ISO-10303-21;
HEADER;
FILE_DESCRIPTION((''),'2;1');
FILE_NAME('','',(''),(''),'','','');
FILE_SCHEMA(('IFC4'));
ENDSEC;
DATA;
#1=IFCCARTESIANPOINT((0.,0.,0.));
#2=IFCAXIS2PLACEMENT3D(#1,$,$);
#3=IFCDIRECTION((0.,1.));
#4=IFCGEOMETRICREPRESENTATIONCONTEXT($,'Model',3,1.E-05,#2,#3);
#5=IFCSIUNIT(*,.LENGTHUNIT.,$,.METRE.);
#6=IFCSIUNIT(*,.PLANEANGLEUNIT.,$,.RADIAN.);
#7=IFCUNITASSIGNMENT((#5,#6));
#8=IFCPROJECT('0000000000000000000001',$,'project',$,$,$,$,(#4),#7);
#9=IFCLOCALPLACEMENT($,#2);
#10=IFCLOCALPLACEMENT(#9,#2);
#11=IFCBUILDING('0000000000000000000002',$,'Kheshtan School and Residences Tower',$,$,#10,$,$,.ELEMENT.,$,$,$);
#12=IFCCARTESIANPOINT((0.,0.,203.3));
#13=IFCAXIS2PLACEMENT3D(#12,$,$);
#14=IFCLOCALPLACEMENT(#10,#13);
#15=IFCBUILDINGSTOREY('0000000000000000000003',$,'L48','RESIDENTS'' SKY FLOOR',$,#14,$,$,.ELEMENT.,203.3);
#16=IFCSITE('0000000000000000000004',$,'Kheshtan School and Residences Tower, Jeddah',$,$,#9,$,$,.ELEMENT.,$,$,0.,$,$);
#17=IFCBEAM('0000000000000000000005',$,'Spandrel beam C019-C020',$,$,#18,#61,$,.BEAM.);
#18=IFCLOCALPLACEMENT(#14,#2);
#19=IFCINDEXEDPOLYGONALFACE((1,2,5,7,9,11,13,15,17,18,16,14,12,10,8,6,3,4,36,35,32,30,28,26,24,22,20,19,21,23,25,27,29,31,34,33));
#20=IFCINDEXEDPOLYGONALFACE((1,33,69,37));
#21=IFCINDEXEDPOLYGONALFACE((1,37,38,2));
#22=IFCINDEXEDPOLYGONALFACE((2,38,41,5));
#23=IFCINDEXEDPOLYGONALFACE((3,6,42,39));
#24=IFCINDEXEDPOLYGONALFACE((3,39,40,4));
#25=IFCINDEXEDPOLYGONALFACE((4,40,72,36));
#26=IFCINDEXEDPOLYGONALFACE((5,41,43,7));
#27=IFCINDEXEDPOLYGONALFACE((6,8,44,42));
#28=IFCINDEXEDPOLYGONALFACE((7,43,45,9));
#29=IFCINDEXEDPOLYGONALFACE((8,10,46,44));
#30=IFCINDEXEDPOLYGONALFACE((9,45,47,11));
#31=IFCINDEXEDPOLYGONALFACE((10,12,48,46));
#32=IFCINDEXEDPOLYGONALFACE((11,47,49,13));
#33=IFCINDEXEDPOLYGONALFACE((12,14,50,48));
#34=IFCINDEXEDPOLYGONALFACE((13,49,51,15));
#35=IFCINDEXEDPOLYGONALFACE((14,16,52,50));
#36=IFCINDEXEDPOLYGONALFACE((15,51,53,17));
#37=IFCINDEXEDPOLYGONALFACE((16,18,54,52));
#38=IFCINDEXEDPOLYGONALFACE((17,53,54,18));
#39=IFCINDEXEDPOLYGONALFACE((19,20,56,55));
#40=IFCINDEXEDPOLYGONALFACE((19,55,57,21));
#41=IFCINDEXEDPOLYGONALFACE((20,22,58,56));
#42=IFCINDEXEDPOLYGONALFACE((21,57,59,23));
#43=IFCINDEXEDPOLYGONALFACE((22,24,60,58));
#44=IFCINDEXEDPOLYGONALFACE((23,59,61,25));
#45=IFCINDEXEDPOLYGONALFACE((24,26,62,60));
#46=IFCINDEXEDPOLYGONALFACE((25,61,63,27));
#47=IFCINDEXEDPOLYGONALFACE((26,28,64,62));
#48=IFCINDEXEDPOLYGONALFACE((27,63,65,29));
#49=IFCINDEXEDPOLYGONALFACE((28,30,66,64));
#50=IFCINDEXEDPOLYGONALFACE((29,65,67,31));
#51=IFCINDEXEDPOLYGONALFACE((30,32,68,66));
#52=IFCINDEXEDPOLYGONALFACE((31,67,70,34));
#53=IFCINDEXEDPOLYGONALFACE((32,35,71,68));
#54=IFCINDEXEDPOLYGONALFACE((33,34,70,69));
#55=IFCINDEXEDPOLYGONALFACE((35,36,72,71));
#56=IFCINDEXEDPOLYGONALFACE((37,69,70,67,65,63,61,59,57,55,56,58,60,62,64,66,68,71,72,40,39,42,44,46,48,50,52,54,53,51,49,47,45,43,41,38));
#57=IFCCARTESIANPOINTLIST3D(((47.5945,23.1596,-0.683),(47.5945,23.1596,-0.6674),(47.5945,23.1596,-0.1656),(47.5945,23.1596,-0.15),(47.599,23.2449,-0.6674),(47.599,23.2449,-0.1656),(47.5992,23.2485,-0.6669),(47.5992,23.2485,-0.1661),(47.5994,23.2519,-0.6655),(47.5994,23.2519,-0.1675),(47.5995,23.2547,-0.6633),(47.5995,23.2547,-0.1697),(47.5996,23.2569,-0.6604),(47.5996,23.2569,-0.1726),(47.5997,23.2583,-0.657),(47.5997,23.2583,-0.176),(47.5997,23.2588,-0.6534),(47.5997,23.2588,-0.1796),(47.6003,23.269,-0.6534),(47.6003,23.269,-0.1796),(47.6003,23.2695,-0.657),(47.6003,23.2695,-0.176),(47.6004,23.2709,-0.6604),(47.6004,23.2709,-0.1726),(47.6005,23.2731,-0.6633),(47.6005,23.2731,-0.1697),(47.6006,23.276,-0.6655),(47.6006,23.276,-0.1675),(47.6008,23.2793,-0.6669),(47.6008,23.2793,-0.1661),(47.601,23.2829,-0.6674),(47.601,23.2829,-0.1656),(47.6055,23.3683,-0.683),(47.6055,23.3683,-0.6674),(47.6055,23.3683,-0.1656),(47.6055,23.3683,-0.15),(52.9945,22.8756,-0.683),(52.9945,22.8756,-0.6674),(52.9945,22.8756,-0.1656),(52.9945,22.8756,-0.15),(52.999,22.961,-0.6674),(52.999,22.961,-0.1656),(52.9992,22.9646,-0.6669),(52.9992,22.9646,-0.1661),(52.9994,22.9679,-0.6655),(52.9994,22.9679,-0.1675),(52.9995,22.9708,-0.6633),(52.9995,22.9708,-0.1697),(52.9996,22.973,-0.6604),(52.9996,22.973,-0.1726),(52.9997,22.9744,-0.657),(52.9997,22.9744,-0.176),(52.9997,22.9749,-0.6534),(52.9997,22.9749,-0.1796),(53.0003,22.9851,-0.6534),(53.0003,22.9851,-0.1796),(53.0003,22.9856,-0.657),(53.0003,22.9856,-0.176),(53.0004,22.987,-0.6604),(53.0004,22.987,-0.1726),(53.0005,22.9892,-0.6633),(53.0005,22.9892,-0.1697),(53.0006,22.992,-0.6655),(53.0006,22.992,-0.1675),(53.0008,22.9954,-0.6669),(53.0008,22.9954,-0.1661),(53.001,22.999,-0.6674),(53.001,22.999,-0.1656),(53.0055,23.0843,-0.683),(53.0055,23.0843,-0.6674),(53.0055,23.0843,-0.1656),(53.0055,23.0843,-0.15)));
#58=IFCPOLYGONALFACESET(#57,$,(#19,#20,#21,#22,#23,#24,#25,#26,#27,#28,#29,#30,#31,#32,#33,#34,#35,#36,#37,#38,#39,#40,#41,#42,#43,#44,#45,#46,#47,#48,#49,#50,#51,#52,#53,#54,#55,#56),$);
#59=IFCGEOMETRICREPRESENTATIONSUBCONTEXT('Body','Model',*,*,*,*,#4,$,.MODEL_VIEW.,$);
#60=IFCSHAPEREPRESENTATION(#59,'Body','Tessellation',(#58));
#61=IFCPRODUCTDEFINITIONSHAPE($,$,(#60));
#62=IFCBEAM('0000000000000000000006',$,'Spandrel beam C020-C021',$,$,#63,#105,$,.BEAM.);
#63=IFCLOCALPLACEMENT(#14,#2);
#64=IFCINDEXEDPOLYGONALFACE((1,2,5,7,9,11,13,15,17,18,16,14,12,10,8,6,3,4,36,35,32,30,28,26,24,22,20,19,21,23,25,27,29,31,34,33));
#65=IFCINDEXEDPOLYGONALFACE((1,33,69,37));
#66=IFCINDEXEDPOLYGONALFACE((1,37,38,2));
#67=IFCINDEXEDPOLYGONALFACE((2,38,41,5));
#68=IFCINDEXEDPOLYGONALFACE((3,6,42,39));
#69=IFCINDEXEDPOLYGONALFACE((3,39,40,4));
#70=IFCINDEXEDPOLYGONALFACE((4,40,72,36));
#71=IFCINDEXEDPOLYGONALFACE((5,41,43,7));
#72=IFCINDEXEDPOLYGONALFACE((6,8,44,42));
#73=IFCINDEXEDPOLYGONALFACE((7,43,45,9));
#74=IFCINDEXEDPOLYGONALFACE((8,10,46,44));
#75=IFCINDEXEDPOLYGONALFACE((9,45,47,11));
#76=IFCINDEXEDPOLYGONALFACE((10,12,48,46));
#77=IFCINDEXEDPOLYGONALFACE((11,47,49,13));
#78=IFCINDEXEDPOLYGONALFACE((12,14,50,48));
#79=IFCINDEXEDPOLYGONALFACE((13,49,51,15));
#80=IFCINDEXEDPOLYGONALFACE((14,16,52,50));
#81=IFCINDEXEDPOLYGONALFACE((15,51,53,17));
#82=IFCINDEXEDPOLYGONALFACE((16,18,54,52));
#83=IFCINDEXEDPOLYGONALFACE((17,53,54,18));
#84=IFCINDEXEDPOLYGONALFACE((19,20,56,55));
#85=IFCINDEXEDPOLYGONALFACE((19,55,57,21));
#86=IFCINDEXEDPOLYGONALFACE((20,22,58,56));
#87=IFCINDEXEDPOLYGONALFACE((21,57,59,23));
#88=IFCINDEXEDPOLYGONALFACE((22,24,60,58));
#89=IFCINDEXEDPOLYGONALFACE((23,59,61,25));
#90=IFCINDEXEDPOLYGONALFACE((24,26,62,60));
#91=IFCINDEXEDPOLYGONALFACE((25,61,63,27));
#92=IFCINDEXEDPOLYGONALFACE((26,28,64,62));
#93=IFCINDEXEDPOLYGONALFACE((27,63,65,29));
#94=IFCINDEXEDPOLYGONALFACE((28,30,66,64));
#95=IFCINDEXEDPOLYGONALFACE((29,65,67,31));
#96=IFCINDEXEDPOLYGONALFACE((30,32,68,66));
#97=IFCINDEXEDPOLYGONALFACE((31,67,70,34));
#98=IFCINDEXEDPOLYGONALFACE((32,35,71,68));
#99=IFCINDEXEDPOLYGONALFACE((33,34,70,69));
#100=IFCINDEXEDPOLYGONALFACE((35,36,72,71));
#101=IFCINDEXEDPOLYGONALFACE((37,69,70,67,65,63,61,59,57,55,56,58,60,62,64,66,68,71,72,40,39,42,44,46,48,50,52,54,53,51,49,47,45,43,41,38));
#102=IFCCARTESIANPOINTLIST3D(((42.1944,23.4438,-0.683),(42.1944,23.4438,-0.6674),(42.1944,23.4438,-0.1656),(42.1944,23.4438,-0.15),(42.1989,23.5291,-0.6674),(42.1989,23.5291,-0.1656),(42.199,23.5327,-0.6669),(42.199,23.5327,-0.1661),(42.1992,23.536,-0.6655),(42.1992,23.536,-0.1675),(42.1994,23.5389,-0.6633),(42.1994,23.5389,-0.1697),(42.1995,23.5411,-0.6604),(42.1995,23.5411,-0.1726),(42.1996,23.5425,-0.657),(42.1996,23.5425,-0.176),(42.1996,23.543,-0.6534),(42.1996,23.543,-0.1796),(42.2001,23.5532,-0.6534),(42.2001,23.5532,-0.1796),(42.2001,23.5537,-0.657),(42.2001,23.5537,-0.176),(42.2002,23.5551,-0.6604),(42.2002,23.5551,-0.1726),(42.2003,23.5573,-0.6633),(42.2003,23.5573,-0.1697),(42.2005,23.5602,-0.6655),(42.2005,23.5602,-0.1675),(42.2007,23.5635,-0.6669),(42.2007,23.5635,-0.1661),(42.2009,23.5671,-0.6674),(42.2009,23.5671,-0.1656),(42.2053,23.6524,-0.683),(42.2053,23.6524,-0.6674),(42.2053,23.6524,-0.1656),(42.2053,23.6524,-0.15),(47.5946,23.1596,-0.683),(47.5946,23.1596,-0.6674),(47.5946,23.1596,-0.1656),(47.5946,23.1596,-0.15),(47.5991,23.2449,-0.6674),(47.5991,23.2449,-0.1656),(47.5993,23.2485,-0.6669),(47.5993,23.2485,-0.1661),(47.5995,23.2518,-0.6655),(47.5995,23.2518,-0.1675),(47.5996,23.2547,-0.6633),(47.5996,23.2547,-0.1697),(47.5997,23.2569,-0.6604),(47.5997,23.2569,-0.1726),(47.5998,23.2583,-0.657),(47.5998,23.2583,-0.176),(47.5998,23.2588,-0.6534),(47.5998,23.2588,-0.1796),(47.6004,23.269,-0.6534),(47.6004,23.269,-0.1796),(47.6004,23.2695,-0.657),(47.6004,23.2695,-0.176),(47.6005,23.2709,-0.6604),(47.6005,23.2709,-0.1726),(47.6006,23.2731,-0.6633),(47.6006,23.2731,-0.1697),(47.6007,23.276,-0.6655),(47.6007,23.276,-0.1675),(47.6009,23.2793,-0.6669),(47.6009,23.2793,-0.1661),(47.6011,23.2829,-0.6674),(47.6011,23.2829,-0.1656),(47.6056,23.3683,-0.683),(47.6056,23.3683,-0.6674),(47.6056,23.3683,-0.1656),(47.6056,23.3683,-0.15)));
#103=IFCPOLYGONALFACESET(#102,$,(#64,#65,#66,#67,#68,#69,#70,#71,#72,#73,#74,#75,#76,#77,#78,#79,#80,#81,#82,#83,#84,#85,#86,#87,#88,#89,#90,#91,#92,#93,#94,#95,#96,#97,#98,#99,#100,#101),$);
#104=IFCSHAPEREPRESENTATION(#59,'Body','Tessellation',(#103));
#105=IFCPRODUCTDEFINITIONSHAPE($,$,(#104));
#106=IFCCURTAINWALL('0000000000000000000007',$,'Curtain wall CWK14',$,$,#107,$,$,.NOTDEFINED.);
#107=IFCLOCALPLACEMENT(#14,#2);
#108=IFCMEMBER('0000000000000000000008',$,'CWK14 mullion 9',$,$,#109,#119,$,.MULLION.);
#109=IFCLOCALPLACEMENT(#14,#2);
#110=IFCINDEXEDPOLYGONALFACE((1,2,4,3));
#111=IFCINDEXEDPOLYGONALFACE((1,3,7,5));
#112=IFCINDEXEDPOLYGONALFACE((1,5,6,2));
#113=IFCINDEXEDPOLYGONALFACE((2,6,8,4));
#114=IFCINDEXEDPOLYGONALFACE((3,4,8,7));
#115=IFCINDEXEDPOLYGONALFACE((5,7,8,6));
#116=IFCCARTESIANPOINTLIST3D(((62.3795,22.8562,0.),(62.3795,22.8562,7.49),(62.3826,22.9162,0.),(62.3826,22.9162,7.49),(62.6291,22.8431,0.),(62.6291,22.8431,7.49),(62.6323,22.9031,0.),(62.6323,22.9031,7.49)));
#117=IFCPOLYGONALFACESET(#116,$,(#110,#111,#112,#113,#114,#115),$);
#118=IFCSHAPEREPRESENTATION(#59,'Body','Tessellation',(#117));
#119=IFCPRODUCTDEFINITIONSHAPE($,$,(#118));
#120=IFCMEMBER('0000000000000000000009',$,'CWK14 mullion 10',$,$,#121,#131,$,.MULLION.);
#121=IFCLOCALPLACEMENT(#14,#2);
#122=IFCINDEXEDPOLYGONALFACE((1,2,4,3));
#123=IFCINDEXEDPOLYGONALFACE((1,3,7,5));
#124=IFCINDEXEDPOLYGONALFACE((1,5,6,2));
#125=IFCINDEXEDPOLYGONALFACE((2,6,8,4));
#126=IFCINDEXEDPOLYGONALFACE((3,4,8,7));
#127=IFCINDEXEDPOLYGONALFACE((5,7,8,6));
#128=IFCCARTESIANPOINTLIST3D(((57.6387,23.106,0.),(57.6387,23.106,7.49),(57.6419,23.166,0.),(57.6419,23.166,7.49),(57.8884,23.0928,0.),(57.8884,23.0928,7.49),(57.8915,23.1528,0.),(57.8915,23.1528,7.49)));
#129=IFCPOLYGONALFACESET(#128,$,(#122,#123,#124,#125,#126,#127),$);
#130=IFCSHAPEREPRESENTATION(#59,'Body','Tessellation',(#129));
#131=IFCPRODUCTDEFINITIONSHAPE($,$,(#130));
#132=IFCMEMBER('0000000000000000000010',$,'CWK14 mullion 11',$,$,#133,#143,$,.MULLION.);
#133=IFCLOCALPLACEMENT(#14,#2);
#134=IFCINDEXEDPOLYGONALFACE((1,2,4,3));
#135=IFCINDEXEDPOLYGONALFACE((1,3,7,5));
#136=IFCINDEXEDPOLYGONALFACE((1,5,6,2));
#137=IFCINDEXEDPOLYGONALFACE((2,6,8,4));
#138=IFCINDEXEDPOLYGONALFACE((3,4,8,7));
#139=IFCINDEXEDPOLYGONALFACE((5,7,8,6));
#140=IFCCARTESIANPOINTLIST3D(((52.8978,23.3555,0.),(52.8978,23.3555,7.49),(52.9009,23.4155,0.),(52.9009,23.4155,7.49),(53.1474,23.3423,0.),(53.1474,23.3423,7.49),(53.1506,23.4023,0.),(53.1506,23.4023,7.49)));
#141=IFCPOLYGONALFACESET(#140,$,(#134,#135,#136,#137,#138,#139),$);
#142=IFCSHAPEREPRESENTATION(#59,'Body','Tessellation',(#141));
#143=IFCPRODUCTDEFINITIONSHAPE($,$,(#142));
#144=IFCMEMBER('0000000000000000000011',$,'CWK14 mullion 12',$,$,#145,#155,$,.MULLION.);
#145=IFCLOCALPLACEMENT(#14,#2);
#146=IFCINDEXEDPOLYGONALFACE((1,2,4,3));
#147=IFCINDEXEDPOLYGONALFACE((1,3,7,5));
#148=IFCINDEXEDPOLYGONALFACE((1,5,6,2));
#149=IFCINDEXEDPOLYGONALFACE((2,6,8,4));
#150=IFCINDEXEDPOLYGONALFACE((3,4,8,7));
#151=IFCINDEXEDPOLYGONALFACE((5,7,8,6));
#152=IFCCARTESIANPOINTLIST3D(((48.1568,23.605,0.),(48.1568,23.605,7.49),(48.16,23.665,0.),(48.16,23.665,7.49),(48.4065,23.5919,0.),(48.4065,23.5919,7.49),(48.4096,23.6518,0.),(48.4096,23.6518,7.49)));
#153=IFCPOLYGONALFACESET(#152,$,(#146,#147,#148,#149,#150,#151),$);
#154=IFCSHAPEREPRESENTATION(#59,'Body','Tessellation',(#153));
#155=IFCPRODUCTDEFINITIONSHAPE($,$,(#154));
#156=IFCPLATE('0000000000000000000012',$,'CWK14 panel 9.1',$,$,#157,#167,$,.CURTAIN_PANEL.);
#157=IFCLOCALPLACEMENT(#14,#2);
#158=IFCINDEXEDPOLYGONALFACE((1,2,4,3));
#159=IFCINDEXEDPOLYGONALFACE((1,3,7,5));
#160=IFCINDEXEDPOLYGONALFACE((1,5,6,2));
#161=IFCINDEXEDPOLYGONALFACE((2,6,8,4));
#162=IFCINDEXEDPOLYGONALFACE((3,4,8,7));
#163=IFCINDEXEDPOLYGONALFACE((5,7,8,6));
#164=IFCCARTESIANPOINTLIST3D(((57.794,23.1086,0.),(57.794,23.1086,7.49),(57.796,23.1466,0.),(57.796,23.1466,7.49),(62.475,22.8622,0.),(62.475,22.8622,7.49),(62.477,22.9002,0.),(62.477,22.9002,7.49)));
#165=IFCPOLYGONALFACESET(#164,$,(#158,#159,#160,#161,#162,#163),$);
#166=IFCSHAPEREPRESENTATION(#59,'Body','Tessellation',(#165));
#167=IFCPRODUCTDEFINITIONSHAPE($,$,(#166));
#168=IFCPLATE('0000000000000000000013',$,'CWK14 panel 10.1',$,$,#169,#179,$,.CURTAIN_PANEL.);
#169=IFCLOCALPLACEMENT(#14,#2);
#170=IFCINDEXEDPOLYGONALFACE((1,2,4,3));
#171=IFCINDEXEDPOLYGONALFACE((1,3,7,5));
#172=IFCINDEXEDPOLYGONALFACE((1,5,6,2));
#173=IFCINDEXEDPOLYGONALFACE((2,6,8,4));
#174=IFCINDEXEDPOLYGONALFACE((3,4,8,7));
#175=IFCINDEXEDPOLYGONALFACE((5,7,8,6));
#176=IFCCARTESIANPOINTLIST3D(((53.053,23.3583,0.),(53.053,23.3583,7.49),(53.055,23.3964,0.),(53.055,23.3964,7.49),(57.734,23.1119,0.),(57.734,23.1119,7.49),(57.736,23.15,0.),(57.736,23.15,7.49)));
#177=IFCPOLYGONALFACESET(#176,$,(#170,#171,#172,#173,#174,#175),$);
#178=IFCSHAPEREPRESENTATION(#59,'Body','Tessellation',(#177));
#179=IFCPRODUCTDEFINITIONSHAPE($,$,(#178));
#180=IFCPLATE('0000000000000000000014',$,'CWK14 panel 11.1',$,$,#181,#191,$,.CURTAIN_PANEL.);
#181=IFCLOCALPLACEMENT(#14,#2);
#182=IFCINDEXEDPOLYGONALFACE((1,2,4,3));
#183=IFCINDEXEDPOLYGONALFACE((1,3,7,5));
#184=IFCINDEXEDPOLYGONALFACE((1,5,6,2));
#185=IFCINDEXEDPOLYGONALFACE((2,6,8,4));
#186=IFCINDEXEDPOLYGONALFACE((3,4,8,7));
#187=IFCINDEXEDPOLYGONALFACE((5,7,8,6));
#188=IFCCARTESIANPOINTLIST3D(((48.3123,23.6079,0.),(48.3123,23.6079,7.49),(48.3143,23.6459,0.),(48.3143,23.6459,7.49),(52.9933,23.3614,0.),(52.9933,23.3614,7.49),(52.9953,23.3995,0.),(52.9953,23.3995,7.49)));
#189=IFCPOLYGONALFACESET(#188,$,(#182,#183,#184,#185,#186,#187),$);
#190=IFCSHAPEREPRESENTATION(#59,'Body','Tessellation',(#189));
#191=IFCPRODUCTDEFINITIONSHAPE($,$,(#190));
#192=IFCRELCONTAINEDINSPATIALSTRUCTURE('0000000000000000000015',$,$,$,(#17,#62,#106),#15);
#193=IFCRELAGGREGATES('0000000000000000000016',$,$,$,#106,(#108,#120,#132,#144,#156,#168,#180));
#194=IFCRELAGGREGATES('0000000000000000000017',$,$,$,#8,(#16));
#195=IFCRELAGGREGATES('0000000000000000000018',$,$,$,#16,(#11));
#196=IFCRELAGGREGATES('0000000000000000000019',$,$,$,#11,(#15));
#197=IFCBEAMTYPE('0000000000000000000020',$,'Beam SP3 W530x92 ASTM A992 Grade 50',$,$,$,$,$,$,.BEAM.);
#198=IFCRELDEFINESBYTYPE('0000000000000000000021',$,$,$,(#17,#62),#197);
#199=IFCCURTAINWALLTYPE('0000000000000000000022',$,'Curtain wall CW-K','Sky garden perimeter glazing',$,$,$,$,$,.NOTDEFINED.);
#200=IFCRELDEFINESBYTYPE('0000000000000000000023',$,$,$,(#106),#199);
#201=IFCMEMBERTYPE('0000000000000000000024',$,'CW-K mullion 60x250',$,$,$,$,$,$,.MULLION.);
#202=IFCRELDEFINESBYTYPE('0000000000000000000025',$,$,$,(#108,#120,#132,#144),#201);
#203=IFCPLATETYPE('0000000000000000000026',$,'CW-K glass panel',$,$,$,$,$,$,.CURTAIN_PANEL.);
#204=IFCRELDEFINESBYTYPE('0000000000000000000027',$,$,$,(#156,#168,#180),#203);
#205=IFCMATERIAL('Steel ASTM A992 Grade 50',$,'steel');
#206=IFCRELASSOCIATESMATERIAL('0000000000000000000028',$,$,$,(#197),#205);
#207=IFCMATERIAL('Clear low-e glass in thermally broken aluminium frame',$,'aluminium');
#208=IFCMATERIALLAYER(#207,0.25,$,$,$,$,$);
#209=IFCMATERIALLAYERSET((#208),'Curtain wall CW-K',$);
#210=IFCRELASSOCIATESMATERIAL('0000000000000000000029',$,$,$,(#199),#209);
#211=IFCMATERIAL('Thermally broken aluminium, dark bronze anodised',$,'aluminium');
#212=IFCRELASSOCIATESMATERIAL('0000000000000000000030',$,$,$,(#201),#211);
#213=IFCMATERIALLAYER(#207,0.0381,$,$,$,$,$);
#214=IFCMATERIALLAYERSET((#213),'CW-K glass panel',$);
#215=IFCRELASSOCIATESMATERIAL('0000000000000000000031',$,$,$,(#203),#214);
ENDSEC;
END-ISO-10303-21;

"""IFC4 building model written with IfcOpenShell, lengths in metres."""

from ifc_helpers import new_model, si_unit, direction, frame, origin, origin_2d, place, context, subcontext, project, spatial, rectangle, i_section, extrude, material, layer, layer_set, material_profile, profile_set, type_object, element, aggregate, save


model = new_model("IFC4")

# Units and contexts
model_context = context("Model", 3, precision=1e-05, world=origin(), true_north=direction((0.0, 1.0)))
body_context = subcontext(model_context, "Body", "Model", "MODEL_VIEW")
ifc_project = project(units=[si_unit("LENGTHUNIT", "METRE"), si_unit("PLANEANGLEUNIT", "RADIAN")], contexts=[model_context])

# Site, building, storey
site_placement = place(None, origin())
site = spatial("IfcSite", under=ifc_project, at=site_placement, Name="Kheshtan School and Residences Tower, Jeddah", CompositionType="ELEMENT", RefElevation=0.0)
building_placement = place(site_placement, origin())
building = spatial("IfcBuilding", under=site, at=building_placement, Name="Kheshtan School and Residences Tower", CompositionType="ELEMENT")
storey_placement = place(building_placement, frame((0.0, 0.0, 203.3)))
storey = spatial("IfcBuildingStorey", under=building, at=storey_placement, Name="L48", Description="RESIDENTS' SKY FLOOR", CompositionType="ELEMENT", Elevation=203.3)

# Shared definitions
ifc_material_1 = material(Name="Steel ASTM A992 Grade 50", Category="steel")

# Beams
ifc_material_profile_1 = material_profile(ifc_material_1, i_section(OverallWidth=0.209, OverallDepth=0.533, WebThickness=0.0103, FlangeThickness=0.0156, FilletRadius=0.0139, at=origin_2d()), Name="W530x92")
ifc_profile_set_1 = profile_set([ifc_material_profile_1], Name="Steel ASTM A992 Grade 50")
beam_type_1 = type_object("IfcBeamType", Name="Beam SP3 W530x92 ASTM A992 Grade 50", PredefinedType="BEAM", material=ifc_profile_set_1)
for number, where, z_axis, x_axis, name in (
    (1, (53.0, 22.98, -0.4165), (-0.99862, 0.052509, 0.0), (-0.052509, -0.99862, 0.0), "Spandrel beam C019-C020"),
):
    element("IfcBeam", number, at=place(storey_placement, frame(where, z_axis=z_axis, x_axis=x_axis)), inside=storey, type_object=beam_type_1, Name=name, PredefinedType="BEAM", context=body_context, shape_type="SweptSolid", body=[
        extrude(i_section(OverallWidth=0.209, OverallDepth=0.533, WebThickness=0.0103, FlangeThickness=0.0156, FilletRadius=0.0139, at=origin_2d()), origin(), (0.0, 0.0, 1.0), 5.4075),
    ])
beam_1_placement = place(storey_placement, frame((47.6001, 23.2639, -0.4165), z_axis=(-0.998618, 0.052552, 0.0), x_axis=(-0.052552, -0.998618, 0.0)))
element("IfcBeam", 2, at=beam_1_placement, inside=storey, type_object=beam_type_1, Name="Spandrel beam C020-C021", PredefinedType="BEAM", context=body_context, shape_type="SweptSolid", body=[
    extrude(i_section(OverallWidth=0.209, OverallDepth=0.533, WebThickness=0.0103, FlangeThickness=0.0156, FilletRadius=0.0139, at=origin_2d()), origin(), (0.0, 0.0, 1.0), 5.4077),
])

# Curtain wall, members, plates
ifc_material_2 = material(Name="Clear low-e glass in thermally broken aluminium frame", Category="aluminium")
ifc_layer_1 = layer(ifc_material_2, 0.25)
ifc_layer_set_1 = layer_set([ifc_layer_1], Name="Curtain wall CW-K")
curtain_wall_type = type_object("IfcCurtainWallType", Name="Curtain wall CW-K", Description="Sky garden perimeter glazing", PredefinedType="NOTDEFINED", material=ifc_layer_set_1)
curtain_wall_placement = place(storey_placement, origin())
curtain_wall = element("IfcCurtainWall", 3, at=curtain_wall_placement, inside=storey, type_object=curtain_wall_type, Name="Curtain wall CWK14", PredefinedType="NOTDEFINED")
ifc_material_3 = material(Name="Thermally broken aluminium, dark bronze anodised", Category="aluminium")
ifc_material_profile_2 = material_profile(ifc_material_3, rectangle(XDim=0.0601, YDim=0.25, at=origin_2d()), Name="CW-K mullion 60x250")
ifc_profile_set_2 = profile_set([ifc_material_profile_2], Name="Thermally broken aluminium, dark bronze anodised")
member_type = type_object("IfcMemberType", Name="CW-K mullion 60x250", PredefinedType="MULLION", material=ifc_profile_set_2)
member_1_placement = place(storey_placement, frame((62.5059, 22.8796, 0.0), z_axis=(0.0, 0.0, 1.0), x_axis=(-0.05257, -0.998617, 0.0)))
member_1 = element("IfcMember", 4, at=member_1_placement, type_object=member_type, Name="CWK14 mullion 9", PredefinedType="MULLION", context=body_context, shape_type="SweptSolid", body=[
    extrude(rectangle(XDim=0.0601, YDim=0.25, at=origin_2d()), origin(), (0.0, 0.0, 1.0), 7.49),
])
member_2_placement = place(storey_placement, frame((57.7651, 23.1294, 0.0), z_axis=(0.0, 0.0, 1.0), x_axis=(-0.05257, -0.998617, 0.0)))
member_2 = element("IfcMember", 5, at=member_2_placement, type_object=member_type, Name="CWK14 mullion 10", PredefinedType="MULLION", context=body_context, shape_type="SweptSolid", body=[
    extrude(rectangle(XDim=0.0601, YDim=0.25, at=origin_2d()), origin(), (0.0, 0.0, 1.0), 7.49),
])
member_3_placement = place(storey_placement, frame((53.0242, 23.3789, 0.0), z_axis=(0.0, 0.0, 1.0), x_axis=(-0.05257, -0.998617, 0.0)))
member_3 = element("IfcMember", 6, at=member_3_placement, type_object=member_type, Name="CWK14 mullion 11", PredefinedType="MULLION", context=body_context, shape_type="SweptSolid", body=[
    extrude(rectangle(XDim=0.0601, YDim=0.25, at=origin_2d()), origin(), (0.0, 0.0, 1.0), 7.49),
])
member_4_placement = place(storey_placement, frame((48.2832, 23.6284, 0.0), z_axis=(0.0, 0.0, 1.0), x_axis=(-0.05257, -0.998617, 0.0)))
member_4 = element("IfcMember", 7, at=member_4_placement, type_object=member_type, Name="CWK14 mullion 12", PredefinedType="MULLION", context=body_context, shape_type="SweptSolid", body=[
    extrude(rectangle(XDim=0.0601, YDim=0.25, at=origin_2d()), origin(), (0.0, 0.0, 1.0), 7.49),
])
ifc_layer_2 = layer(ifc_material_2, 0.0381)
ifc_layer_set_2 = layer_set([ifc_layer_2], Name="CW-K glass panel")
plate_type = type_object("IfcPlateType", Name="CW-K glass panel", PredefinedType="CURTAIN_PANEL", material=ifc_layer_set_2)
plate_1_placement = place(storey_placement, frame((60.1355, 23.0044, 0.0), z_axis=(0.0, 0.0, 1.0), x_axis=(-0.998617, 0.05257, 0.0)))
plate_1 = element("IfcPlate", 8, at=plate_1_placement, type_object=plate_type, Name="CWK14 panel 9.1", PredefinedType="CURTAIN_PANEL", context=body_context, shape_type="SweptSolid", body=[
    extrude(rectangle(XDim=4.6875, YDim=0.0381, at=origin_2d()), origin(), (0.0, 0.0, 1.0), 7.49),
])
plate_2_placement = place(storey_placement, frame((55.3945, 23.2542, 0.0), z_axis=(0.0, 0.0, 1.0), x_axis=(-0.998617, 0.05257, 0.0)))
plate_2 = element("IfcPlate", 9, at=plate_2_placement, type_object=plate_type, Name="CWK14 panel 10.1", PredefinedType="CURTAIN_PANEL", context=body_context, shape_type="SweptSolid", body=[
    extrude(rectangle(XDim=4.6875, YDim=0.0381, at=origin_2d()), origin(), (0.0, 0.0, 1.0), 7.49),
])
plate_3_placement = place(storey_placement, frame((50.6538, 23.5037, 0.0), z_axis=(0.0, 0.0, 1.0), x_axis=(-0.998617, 0.05257, 0.0)))
plate_3 = element("IfcPlate", 10, at=plate_3_placement, type_object=plate_type, Name="CWK14 panel 11.1", PredefinedType="CURTAIN_PANEL", context=body_context, shape_type="SweptSolid", body=[
    extrude(rectangle(XDim=4.6875, YDim=0.0381, at=origin_2d()), origin(), (0.0, 0.0, 1.0), 7.49),
])
aggregate(curtain_wall, [member_1, member_2, member_3, member_4, plate_1, plate_2, plate_3])

save(model, "model.ifc")
